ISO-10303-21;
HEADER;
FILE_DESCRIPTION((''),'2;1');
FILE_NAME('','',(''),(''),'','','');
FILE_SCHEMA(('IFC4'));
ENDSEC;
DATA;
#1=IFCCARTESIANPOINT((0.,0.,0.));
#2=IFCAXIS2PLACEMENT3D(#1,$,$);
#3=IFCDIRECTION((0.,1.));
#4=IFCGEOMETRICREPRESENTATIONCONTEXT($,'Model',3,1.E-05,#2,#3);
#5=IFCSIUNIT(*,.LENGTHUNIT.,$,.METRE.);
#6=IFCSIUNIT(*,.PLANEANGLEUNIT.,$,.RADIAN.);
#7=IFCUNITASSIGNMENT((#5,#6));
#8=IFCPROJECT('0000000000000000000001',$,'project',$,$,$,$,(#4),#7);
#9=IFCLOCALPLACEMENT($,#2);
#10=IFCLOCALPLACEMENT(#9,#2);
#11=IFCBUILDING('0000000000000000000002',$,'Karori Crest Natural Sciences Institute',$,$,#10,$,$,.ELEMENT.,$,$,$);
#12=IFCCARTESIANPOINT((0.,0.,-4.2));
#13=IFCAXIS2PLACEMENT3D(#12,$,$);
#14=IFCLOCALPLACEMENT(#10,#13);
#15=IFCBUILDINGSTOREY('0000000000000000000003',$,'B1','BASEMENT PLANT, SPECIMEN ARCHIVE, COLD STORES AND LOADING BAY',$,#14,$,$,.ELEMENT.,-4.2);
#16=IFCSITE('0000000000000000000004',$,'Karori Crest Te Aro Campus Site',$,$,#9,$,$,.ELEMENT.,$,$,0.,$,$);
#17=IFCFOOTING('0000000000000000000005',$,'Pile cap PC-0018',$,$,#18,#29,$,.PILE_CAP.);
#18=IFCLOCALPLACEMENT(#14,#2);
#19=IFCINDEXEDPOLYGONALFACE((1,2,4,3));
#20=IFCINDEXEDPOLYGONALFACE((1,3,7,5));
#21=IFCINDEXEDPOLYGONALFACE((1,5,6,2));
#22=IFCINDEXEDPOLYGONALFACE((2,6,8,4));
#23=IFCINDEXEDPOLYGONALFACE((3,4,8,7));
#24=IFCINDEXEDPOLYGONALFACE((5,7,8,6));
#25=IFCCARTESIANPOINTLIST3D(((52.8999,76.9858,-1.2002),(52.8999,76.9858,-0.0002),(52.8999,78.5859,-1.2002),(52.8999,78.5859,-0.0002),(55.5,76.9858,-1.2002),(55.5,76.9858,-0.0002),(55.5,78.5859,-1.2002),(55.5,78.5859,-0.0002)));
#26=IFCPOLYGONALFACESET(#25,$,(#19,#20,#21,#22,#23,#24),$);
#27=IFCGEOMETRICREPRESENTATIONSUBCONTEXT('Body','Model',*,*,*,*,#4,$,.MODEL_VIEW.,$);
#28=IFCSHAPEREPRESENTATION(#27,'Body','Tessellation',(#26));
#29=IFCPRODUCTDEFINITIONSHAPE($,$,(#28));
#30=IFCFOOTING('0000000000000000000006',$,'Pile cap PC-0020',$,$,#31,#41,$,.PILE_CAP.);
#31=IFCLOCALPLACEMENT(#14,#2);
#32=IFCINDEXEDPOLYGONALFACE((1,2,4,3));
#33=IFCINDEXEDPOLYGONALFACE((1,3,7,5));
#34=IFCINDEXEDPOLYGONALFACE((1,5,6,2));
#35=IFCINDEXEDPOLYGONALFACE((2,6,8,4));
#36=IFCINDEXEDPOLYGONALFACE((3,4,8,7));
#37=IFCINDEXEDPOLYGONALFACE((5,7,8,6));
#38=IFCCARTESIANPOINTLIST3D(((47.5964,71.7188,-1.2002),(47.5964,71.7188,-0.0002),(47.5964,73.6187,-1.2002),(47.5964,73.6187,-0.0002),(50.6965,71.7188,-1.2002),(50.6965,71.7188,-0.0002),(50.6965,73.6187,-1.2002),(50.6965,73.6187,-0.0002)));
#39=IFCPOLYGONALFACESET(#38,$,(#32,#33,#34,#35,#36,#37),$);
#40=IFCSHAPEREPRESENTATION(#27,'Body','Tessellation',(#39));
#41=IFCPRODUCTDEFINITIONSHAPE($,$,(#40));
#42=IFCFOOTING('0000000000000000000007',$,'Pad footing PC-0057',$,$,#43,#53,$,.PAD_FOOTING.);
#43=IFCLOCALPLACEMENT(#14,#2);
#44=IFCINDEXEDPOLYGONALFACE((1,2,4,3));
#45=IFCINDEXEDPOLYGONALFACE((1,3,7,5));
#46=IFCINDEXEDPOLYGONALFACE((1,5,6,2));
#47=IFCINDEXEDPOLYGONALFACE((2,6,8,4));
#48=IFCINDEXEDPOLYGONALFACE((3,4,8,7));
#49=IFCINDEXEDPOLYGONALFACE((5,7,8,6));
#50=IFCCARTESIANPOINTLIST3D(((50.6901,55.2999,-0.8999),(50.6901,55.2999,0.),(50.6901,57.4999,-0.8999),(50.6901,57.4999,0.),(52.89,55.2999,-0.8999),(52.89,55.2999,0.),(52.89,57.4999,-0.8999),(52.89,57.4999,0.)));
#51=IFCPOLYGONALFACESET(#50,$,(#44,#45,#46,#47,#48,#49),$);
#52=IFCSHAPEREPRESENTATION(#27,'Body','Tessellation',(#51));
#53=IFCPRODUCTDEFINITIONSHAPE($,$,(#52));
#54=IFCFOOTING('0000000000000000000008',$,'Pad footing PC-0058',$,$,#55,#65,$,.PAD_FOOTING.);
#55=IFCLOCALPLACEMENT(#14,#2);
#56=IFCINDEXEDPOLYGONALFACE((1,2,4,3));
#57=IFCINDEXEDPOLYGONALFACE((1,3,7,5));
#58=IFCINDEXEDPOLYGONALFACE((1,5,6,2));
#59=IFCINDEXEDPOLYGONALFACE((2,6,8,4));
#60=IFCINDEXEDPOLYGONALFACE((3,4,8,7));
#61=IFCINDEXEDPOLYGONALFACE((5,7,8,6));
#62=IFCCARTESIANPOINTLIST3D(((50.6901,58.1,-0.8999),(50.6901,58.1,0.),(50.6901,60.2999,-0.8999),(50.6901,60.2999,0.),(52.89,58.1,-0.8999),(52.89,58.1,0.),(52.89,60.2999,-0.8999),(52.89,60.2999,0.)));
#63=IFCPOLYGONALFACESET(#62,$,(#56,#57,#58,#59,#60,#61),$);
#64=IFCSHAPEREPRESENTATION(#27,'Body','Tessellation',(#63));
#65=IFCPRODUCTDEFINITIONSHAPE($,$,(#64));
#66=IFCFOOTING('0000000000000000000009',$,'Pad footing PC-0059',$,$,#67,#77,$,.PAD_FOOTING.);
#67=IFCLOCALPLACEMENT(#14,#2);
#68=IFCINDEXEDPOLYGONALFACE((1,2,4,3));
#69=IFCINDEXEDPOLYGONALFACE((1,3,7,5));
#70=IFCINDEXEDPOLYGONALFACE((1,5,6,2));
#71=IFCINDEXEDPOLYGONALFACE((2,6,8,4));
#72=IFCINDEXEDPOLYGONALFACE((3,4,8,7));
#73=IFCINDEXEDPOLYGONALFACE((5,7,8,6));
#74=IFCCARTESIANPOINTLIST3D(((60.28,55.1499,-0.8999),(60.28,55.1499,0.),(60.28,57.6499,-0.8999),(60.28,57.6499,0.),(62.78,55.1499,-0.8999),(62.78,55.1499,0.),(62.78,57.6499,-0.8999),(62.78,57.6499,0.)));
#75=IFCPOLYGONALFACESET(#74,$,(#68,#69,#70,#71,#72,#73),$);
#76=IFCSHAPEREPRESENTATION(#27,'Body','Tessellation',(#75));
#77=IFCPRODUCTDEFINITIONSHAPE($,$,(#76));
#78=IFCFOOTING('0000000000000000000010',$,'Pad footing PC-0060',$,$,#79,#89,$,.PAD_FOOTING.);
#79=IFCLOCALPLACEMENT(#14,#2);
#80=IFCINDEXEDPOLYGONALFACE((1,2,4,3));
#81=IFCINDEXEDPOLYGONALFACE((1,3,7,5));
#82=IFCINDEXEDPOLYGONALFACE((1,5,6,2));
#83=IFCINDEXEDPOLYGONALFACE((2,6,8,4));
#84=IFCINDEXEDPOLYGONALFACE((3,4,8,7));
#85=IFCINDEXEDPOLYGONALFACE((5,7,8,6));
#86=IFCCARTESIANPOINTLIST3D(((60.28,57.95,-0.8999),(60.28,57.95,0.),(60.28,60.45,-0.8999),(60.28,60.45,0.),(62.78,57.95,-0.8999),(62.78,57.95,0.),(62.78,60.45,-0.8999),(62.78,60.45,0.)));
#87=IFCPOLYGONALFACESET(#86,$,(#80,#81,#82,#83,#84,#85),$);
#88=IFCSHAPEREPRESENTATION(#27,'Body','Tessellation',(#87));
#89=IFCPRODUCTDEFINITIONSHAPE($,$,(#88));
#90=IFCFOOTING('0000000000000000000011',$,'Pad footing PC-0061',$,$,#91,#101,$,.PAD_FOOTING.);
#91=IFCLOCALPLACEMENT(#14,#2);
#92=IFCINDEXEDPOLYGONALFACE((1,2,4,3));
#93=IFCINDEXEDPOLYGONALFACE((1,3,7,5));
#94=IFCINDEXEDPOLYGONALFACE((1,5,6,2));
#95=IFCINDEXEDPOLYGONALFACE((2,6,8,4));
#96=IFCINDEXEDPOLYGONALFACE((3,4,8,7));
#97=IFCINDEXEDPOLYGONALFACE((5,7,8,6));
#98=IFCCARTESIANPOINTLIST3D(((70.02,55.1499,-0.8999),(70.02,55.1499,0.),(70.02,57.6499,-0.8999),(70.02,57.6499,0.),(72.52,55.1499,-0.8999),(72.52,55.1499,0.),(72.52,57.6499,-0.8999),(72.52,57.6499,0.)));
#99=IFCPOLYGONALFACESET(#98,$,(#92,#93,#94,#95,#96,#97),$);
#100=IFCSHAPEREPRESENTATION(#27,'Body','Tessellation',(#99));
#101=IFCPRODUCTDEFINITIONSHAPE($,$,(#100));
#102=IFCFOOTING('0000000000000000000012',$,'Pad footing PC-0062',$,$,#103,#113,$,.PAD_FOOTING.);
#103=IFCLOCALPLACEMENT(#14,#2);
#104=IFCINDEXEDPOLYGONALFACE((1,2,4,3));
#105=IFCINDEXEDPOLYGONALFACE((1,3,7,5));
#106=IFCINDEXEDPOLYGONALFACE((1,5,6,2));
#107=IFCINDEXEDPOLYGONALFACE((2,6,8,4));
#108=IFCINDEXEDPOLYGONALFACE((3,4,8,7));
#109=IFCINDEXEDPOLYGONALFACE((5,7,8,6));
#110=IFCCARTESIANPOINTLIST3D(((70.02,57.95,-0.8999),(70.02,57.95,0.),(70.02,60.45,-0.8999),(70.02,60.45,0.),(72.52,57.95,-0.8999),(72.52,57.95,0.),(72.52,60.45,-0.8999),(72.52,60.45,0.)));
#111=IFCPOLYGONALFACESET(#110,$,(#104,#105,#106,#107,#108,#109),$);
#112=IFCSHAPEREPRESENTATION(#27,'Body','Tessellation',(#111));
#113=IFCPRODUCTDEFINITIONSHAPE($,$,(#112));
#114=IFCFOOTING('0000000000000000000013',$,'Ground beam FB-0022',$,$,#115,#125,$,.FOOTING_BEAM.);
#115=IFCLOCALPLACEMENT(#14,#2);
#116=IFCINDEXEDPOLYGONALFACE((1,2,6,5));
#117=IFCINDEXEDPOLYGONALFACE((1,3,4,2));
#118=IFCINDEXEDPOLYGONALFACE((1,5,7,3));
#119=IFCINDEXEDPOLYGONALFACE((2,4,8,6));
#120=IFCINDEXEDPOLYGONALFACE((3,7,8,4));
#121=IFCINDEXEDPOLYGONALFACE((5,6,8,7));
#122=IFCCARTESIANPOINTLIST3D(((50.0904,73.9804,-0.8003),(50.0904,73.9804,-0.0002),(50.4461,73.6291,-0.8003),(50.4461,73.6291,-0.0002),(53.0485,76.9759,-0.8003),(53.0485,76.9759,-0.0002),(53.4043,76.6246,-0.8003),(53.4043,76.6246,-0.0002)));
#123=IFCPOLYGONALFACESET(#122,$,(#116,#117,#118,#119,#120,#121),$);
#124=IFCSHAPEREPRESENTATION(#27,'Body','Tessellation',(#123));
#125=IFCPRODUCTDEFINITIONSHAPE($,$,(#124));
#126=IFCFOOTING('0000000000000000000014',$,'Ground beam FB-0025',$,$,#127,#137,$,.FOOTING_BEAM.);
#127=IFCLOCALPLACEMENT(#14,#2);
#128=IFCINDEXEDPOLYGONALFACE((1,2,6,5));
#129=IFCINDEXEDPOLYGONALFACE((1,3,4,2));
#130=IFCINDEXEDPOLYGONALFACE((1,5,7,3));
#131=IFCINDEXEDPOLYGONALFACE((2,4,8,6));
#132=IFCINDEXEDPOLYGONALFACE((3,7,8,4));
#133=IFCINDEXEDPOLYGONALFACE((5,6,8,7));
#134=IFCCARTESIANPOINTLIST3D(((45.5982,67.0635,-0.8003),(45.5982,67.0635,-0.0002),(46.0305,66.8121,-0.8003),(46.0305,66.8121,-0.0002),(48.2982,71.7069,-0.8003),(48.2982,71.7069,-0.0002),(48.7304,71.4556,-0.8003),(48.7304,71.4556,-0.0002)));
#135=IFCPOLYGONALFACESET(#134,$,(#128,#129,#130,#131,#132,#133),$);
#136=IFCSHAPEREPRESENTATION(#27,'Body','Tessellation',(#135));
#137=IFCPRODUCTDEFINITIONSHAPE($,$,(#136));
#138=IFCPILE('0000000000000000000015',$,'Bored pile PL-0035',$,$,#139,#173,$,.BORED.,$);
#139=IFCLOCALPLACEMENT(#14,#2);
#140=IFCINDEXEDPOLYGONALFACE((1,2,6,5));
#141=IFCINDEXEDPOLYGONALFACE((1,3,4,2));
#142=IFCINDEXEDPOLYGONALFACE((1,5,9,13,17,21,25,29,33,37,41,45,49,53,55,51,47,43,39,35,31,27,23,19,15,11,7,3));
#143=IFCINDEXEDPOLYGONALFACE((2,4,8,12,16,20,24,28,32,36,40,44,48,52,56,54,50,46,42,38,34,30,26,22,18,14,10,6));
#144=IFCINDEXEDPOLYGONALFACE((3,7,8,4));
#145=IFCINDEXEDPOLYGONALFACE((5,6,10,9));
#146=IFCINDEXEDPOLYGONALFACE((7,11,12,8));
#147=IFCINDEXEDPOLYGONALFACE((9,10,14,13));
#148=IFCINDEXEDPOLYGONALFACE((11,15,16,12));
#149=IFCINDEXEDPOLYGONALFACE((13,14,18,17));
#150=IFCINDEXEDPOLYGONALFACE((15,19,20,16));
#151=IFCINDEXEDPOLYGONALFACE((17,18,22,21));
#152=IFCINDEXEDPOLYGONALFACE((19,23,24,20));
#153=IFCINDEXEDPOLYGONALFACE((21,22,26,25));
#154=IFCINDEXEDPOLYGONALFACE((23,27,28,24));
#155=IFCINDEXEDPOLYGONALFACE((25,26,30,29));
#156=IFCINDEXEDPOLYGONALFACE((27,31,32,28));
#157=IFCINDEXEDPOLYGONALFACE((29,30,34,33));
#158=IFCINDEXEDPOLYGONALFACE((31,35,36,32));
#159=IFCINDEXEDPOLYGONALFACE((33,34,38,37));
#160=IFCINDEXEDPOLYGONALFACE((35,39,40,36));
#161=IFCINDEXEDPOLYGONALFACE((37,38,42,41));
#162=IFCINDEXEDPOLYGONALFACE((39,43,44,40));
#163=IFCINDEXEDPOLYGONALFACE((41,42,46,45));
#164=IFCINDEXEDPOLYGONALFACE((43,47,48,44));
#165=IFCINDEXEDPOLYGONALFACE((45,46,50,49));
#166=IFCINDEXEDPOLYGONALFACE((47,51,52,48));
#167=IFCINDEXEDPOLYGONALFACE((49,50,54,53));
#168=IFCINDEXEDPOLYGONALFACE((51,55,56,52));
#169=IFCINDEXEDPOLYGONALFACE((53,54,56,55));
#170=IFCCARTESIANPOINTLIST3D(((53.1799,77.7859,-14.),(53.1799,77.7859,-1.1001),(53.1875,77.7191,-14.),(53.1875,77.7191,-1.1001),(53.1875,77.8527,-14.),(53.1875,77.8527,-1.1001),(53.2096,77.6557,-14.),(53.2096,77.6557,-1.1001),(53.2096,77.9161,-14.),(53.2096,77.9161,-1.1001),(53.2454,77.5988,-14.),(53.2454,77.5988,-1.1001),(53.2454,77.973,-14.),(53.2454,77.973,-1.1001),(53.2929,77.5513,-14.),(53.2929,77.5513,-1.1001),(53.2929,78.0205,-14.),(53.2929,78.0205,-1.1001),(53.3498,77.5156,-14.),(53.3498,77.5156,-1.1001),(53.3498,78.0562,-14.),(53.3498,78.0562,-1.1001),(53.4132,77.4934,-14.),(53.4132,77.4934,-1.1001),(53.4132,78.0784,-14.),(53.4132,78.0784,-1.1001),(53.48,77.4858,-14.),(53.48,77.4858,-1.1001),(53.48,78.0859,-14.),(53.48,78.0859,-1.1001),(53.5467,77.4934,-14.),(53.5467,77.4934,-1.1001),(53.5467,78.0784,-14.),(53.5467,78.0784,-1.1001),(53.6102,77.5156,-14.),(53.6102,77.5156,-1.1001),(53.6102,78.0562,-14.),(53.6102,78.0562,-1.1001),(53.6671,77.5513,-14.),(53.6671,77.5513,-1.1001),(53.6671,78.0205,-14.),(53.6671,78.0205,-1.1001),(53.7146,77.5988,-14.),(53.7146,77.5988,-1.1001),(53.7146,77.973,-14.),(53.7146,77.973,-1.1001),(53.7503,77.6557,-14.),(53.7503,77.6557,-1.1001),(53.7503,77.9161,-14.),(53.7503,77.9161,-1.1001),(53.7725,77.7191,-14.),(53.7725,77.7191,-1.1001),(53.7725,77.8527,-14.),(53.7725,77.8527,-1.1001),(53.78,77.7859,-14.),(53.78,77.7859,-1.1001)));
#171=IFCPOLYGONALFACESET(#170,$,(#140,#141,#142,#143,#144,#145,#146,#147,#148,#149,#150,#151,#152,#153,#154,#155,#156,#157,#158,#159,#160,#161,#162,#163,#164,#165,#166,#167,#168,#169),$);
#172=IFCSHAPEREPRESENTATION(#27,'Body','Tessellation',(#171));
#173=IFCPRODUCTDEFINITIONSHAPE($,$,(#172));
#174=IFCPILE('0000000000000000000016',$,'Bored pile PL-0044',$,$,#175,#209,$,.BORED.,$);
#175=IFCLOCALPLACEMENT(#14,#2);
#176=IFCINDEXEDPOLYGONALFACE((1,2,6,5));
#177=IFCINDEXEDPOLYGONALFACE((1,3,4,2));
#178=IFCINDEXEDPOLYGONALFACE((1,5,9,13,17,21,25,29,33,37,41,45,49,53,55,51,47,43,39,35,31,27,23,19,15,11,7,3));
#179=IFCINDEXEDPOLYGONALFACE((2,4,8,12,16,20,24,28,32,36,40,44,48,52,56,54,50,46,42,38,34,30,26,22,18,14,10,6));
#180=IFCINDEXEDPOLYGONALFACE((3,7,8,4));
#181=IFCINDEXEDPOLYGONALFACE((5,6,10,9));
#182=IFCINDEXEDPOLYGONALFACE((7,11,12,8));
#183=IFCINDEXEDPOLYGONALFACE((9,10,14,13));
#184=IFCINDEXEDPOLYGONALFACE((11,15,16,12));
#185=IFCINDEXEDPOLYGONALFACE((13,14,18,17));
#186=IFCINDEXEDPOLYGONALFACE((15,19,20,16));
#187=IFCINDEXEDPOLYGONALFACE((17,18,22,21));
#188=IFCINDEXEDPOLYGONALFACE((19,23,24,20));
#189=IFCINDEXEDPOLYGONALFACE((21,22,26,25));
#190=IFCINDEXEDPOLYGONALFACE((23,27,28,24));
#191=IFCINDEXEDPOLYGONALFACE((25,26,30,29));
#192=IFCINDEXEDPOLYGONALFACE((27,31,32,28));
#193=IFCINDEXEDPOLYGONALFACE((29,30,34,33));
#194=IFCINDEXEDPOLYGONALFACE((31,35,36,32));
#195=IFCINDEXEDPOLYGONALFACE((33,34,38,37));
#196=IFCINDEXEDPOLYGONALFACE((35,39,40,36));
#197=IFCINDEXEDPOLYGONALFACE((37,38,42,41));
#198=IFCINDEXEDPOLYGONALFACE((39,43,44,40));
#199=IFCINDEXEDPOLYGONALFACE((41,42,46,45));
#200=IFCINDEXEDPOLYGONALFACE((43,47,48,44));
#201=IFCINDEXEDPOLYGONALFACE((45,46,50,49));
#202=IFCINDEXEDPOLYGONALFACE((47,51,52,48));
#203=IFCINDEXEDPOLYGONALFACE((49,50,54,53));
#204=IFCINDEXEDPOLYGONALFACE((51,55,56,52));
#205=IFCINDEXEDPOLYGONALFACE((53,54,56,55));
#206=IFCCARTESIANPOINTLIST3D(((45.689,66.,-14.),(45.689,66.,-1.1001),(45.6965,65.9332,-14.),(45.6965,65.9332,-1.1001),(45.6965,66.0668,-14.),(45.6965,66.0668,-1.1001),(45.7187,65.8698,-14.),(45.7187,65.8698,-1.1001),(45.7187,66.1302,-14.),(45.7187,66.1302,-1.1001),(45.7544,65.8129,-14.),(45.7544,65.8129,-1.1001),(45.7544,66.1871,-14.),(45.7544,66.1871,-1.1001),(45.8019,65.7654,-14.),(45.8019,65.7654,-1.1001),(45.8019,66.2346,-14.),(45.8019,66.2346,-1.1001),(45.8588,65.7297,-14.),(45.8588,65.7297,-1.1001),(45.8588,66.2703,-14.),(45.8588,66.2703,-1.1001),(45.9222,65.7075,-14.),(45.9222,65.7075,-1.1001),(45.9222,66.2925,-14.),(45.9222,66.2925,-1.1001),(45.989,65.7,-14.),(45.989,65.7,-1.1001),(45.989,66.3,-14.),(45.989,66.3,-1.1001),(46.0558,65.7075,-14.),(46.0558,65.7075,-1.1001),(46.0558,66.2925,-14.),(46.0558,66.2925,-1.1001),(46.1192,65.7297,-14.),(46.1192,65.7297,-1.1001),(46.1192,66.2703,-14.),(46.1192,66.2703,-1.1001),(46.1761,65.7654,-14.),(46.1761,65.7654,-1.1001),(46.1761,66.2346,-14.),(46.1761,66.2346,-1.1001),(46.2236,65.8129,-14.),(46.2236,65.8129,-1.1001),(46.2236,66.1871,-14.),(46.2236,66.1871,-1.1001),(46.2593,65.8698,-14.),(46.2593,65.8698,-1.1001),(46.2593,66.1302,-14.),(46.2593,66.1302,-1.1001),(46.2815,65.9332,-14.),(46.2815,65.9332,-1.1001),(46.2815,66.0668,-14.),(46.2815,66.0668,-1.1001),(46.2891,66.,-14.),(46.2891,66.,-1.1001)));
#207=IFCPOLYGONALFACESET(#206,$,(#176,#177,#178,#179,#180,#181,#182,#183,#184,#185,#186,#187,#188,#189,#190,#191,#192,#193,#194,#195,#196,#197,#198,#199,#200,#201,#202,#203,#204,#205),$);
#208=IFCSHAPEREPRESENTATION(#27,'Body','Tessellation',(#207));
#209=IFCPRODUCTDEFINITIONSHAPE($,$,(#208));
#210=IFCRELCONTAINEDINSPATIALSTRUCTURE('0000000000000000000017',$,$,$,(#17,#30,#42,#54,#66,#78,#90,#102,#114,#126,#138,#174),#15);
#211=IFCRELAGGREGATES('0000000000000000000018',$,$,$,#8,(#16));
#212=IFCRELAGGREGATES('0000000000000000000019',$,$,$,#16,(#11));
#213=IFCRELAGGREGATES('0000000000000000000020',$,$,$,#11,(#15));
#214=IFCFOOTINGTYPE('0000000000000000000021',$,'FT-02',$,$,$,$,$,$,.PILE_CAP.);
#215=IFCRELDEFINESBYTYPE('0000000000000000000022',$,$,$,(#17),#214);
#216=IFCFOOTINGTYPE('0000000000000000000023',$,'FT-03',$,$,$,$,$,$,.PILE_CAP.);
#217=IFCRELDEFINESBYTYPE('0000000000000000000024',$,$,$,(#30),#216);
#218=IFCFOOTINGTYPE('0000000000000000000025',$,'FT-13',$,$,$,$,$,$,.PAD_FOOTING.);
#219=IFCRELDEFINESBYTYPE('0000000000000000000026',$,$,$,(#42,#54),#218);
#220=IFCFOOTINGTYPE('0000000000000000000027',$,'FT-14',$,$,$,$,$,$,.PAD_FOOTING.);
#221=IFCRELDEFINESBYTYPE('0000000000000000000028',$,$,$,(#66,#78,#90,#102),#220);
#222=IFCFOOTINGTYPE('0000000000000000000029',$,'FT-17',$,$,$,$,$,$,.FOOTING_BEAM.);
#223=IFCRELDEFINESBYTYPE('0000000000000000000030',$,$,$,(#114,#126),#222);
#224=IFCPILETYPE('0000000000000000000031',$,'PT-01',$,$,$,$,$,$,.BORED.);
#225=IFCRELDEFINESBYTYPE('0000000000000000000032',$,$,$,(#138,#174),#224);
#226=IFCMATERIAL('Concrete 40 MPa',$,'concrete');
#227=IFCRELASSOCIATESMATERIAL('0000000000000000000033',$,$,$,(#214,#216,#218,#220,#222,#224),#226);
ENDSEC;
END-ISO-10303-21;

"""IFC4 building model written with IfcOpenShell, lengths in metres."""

from ifc_helpers import new_model, si_unit, direction, frame, origin, origin_2d, place, context, subcontext, project, spatial, rectangle, circle, extrude, material, material_profile, profile_set, type_object, element, save


model = new_model("IFC4")

# Units and contexts
model_context = context("Model", 3, precision=1e-05, world=origin(), true_north=direction((0.0, 1.0)))
body_context = subcontext(model_context, "Body", "Model", "MODEL_VIEW")
ifc_project = project(units=[si_unit("LENGTHUNIT", "METRE"), si_unit("PLANEANGLEUNIT", "RADIAN")], contexts=[model_context])

# Site, building, storey
site_placement = place(None, origin())
site = spatial("IfcSite", under=ifc_project, at=site_placement, Name="Karori Crest Te Aro Campus Site", CompositionType="ELEMENT", RefElevation=0.0)
building_placement = place(site_placement, origin())
building = spatial("IfcBuilding", under=site, at=building_placement, Name="Karori Crest Natural Sciences Institute", CompositionType="ELEMENT")
storey_placement = place(building_placement, frame((0.0, 0.0, -4.2)))
storey = spatial("IfcBuildingStorey", under=building, at=storey_placement, Name="B1", Description="BASEMENT PLANT, SPECIMEN ARCHIVE, COLD STORES AND LOADING BAY", CompositionType="ELEMENT", Elevation=-4.2)

# Footings
ifc_material_1 = material(Name="Concrete 40 MPa", Category="concrete")
footing_type_1 = type_object("IfcFootingType", Name="FT-02", PredefinedType="PILE_CAP", material=ifc_material_1)
footing_1_placement = place(storey_placement, frame((54.2, 77.7859, -1.2002), z_axis=(0.0, 0.0, 1.0), x_axis=(1.0, 0.0, 0.0)))
element("IfcFooting", 1, at=footing_1_placement, inside=storey, type_object=footing_type_1, Name="Pile cap PC-0018", PredefinedType="PILE_CAP", context=body_context, shape_type="SweptSolid", body=[
    extrude(rectangle(XDim=2.6001, YDim=1.6001, at=origin_2d()), origin(), (0.0, 0.0, 1.0), 1.2),
])
footing_type_2 = type_object("IfcFootingType", Name="FT-03", PredefinedType="PILE_CAP", material=ifc_material_1)
footing_2_placement = place(storey_placement, frame((49.1465, 72.6687, -1.2002), z_axis=(0.0, 0.0, 1.0), x_axis=(1.0, 0.0, 0.0)))
element("IfcFooting", 2, at=footing_2_placement, inside=storey, type_object=footing_type_2, Name="Pile cap PC-0020", PredefinedType="PILE_CAP", context=body_context, shape_type="SweptSolid", body=[
    extrude(rectangle(XDim=3.1001, YDim=1.8999, at=origin_2d()), origin(), (0.0, 0.0, 1.0), 1.2),
])
footing_type_3 = type_object("IfcFootingType", Name="FT-13", PredefinedType="PAD_FOOTING", material=ifc_material_1)
for number, where, z_axis, x_axis, name in (
    (3, (51.79, 56.3999, -0.8999), (0.0, 0.0, 1.0), (1.0, 0.0, 0.0), "Pad footing PC-0057"),
    (4, (51.79, 59.2, -0.8999), (0.0, 0.0, 1.0), (1.0, 0.0, 0.0), "Pad footing PC-0058"),
):
    element("IfcFooting", number, at=place(storey_placement, frame(where, z_axis=z_axis, x_axis=x_axis)), inside=storey, type_object=footing_type_3, Name=name, PredefinedType="PAD_FOOTING", context=body_context, shape_type="SweptSolid", body=[
        extrude(rectangle(XDim=2.2, YDim=2.2, at=origin_2d()), origin(), (0.0, 0.0, 1.0), 0.8999),
    ])
footing_type_4 = type_object("IfcFootingType", Name="FT-14", PredefinedType="PAD_FOOTING", material=ifc_material_1)
for number, where, z_axis, x_axis, name in (
    (5, (61.53, 56.3999, -0.8999), (0.0, 0.0, 1.0), (1.0, 0.0, 0.0), "Pad footing PC-0059"),
    (6, (61.53, 59.2, -0.8999), (0.0, 0.0, 1.0), (1.0, 0.0, 0.0), "Pad footing PC-0060"),
    (7, (71.27, 56.3999, -0.8999), (0.0, 0.0, 1.0), (1.0, 0.0, 0.0), "Pad footing PC-0061"),
    (8, (71.27, 59.2, -0.8999), (0.0, 0.0, 1.0), (1.0, 0.0, 0.0), "Pad footing PC-0062"),
):
    element("IfcFooting", number, at=place(storey_placement, frame(where, z_axis=z_axis, x_axis=x_axis)), inside=storey, type_object=footing_type_4, Name=name, PredefinedType="PAD_FOOTING", context=body_context, shape_type="SweptSolid", body=[
        extrude(rectangle(XDim=2.5, YDim=2.5, at=origin_2d()), origin(), (0.0, 0.0, 1.0), 0.8999),
    ])
footing_type_5 = type_object("IfcFootingType", Name="FT-17", PredefinedType="FOOTING_BEAM", material=ifc_material_1)
footing_3_placement = place(storey_placement, frame((51.7473, 75.3025, -0.8003), z_axis=(0.0, 0.0, 1.0), x_axis=(0.702657, 0.711528, 0.0)))
element("IfcFooting", 9, at=footing_3_placement, inside=storey, type_object=footing_type_5, Name="Ground beam FB-0022", PredefinedType="FOOTING_BEAM", context=body_context, shape_type="SweptSolid", body=[
    extrude(rectangle(XDim=4.21, YDim=0.5, at=origin_2d()), origin(), (0.0, 0.0, 1.0), 0.8),
])
footing_4_placement = place(storey_placement, frame((47.1643, 69.2595, -0.8003), z_axis=(0.0, 0.0, 1.0), x_axis=(0.502658, 0.864485, 0.0)))
element("IfcFooting", 10, at=footing_4_placement, inside=storey, type_object=footing_type_5, Name="Ground beam FB-0025", PredefinedType="FOOTING_BEAM", context=body_context, shape_type="SweptSolid", body=[
    extrude(rectangle(XDim=5.3713, YDim=0.5, at=origin_2d()), origin(), (0.0, 0.0, 1.0), 0.8),
])

# Piles
ifc_material_profile_1 = material_profile(ifc_material_1, circle(Radius=0.3, at=origin_2d()), Name="PILE600")
ifc_profile_set_1 = profile_set([ifc_material_profile_1], Name="Concrete 40 MPa")
pile_type_1 = type_object("IfcPileType", Name="PT-01", PredefinedType="BORED", material=ifc_profile_set_1)
for number, where, z_axis, x_axis, name in (
    (11, (53.48, 77.7859, -1.1001), (0.0, 0.0, -1.0), (1.0, 0.0, 0.0), "Bored pile PL-0035"),
    (12, (45.989, 66.0, -1.1001), (0.0, 0.0, -1.0), (1.0, 0.0, 0.0), "Bored pile PL-0044"),
):
    element("IfcPile", number, at=place(storey_placement, frame(where, z_axis=z_axis, x_axis=x_axis)), inside=storey, type_object=pile_type_1, Name=name, PredefinedType="BORED", context=body_context, shape_type="SweptSolid", body=[
        extrude(circle(Radius=0.3, at=origin_2d()), origin(), (0.0, 0.0, 1.0), 12.8999),
    ])

save(model, "model.ifc")
